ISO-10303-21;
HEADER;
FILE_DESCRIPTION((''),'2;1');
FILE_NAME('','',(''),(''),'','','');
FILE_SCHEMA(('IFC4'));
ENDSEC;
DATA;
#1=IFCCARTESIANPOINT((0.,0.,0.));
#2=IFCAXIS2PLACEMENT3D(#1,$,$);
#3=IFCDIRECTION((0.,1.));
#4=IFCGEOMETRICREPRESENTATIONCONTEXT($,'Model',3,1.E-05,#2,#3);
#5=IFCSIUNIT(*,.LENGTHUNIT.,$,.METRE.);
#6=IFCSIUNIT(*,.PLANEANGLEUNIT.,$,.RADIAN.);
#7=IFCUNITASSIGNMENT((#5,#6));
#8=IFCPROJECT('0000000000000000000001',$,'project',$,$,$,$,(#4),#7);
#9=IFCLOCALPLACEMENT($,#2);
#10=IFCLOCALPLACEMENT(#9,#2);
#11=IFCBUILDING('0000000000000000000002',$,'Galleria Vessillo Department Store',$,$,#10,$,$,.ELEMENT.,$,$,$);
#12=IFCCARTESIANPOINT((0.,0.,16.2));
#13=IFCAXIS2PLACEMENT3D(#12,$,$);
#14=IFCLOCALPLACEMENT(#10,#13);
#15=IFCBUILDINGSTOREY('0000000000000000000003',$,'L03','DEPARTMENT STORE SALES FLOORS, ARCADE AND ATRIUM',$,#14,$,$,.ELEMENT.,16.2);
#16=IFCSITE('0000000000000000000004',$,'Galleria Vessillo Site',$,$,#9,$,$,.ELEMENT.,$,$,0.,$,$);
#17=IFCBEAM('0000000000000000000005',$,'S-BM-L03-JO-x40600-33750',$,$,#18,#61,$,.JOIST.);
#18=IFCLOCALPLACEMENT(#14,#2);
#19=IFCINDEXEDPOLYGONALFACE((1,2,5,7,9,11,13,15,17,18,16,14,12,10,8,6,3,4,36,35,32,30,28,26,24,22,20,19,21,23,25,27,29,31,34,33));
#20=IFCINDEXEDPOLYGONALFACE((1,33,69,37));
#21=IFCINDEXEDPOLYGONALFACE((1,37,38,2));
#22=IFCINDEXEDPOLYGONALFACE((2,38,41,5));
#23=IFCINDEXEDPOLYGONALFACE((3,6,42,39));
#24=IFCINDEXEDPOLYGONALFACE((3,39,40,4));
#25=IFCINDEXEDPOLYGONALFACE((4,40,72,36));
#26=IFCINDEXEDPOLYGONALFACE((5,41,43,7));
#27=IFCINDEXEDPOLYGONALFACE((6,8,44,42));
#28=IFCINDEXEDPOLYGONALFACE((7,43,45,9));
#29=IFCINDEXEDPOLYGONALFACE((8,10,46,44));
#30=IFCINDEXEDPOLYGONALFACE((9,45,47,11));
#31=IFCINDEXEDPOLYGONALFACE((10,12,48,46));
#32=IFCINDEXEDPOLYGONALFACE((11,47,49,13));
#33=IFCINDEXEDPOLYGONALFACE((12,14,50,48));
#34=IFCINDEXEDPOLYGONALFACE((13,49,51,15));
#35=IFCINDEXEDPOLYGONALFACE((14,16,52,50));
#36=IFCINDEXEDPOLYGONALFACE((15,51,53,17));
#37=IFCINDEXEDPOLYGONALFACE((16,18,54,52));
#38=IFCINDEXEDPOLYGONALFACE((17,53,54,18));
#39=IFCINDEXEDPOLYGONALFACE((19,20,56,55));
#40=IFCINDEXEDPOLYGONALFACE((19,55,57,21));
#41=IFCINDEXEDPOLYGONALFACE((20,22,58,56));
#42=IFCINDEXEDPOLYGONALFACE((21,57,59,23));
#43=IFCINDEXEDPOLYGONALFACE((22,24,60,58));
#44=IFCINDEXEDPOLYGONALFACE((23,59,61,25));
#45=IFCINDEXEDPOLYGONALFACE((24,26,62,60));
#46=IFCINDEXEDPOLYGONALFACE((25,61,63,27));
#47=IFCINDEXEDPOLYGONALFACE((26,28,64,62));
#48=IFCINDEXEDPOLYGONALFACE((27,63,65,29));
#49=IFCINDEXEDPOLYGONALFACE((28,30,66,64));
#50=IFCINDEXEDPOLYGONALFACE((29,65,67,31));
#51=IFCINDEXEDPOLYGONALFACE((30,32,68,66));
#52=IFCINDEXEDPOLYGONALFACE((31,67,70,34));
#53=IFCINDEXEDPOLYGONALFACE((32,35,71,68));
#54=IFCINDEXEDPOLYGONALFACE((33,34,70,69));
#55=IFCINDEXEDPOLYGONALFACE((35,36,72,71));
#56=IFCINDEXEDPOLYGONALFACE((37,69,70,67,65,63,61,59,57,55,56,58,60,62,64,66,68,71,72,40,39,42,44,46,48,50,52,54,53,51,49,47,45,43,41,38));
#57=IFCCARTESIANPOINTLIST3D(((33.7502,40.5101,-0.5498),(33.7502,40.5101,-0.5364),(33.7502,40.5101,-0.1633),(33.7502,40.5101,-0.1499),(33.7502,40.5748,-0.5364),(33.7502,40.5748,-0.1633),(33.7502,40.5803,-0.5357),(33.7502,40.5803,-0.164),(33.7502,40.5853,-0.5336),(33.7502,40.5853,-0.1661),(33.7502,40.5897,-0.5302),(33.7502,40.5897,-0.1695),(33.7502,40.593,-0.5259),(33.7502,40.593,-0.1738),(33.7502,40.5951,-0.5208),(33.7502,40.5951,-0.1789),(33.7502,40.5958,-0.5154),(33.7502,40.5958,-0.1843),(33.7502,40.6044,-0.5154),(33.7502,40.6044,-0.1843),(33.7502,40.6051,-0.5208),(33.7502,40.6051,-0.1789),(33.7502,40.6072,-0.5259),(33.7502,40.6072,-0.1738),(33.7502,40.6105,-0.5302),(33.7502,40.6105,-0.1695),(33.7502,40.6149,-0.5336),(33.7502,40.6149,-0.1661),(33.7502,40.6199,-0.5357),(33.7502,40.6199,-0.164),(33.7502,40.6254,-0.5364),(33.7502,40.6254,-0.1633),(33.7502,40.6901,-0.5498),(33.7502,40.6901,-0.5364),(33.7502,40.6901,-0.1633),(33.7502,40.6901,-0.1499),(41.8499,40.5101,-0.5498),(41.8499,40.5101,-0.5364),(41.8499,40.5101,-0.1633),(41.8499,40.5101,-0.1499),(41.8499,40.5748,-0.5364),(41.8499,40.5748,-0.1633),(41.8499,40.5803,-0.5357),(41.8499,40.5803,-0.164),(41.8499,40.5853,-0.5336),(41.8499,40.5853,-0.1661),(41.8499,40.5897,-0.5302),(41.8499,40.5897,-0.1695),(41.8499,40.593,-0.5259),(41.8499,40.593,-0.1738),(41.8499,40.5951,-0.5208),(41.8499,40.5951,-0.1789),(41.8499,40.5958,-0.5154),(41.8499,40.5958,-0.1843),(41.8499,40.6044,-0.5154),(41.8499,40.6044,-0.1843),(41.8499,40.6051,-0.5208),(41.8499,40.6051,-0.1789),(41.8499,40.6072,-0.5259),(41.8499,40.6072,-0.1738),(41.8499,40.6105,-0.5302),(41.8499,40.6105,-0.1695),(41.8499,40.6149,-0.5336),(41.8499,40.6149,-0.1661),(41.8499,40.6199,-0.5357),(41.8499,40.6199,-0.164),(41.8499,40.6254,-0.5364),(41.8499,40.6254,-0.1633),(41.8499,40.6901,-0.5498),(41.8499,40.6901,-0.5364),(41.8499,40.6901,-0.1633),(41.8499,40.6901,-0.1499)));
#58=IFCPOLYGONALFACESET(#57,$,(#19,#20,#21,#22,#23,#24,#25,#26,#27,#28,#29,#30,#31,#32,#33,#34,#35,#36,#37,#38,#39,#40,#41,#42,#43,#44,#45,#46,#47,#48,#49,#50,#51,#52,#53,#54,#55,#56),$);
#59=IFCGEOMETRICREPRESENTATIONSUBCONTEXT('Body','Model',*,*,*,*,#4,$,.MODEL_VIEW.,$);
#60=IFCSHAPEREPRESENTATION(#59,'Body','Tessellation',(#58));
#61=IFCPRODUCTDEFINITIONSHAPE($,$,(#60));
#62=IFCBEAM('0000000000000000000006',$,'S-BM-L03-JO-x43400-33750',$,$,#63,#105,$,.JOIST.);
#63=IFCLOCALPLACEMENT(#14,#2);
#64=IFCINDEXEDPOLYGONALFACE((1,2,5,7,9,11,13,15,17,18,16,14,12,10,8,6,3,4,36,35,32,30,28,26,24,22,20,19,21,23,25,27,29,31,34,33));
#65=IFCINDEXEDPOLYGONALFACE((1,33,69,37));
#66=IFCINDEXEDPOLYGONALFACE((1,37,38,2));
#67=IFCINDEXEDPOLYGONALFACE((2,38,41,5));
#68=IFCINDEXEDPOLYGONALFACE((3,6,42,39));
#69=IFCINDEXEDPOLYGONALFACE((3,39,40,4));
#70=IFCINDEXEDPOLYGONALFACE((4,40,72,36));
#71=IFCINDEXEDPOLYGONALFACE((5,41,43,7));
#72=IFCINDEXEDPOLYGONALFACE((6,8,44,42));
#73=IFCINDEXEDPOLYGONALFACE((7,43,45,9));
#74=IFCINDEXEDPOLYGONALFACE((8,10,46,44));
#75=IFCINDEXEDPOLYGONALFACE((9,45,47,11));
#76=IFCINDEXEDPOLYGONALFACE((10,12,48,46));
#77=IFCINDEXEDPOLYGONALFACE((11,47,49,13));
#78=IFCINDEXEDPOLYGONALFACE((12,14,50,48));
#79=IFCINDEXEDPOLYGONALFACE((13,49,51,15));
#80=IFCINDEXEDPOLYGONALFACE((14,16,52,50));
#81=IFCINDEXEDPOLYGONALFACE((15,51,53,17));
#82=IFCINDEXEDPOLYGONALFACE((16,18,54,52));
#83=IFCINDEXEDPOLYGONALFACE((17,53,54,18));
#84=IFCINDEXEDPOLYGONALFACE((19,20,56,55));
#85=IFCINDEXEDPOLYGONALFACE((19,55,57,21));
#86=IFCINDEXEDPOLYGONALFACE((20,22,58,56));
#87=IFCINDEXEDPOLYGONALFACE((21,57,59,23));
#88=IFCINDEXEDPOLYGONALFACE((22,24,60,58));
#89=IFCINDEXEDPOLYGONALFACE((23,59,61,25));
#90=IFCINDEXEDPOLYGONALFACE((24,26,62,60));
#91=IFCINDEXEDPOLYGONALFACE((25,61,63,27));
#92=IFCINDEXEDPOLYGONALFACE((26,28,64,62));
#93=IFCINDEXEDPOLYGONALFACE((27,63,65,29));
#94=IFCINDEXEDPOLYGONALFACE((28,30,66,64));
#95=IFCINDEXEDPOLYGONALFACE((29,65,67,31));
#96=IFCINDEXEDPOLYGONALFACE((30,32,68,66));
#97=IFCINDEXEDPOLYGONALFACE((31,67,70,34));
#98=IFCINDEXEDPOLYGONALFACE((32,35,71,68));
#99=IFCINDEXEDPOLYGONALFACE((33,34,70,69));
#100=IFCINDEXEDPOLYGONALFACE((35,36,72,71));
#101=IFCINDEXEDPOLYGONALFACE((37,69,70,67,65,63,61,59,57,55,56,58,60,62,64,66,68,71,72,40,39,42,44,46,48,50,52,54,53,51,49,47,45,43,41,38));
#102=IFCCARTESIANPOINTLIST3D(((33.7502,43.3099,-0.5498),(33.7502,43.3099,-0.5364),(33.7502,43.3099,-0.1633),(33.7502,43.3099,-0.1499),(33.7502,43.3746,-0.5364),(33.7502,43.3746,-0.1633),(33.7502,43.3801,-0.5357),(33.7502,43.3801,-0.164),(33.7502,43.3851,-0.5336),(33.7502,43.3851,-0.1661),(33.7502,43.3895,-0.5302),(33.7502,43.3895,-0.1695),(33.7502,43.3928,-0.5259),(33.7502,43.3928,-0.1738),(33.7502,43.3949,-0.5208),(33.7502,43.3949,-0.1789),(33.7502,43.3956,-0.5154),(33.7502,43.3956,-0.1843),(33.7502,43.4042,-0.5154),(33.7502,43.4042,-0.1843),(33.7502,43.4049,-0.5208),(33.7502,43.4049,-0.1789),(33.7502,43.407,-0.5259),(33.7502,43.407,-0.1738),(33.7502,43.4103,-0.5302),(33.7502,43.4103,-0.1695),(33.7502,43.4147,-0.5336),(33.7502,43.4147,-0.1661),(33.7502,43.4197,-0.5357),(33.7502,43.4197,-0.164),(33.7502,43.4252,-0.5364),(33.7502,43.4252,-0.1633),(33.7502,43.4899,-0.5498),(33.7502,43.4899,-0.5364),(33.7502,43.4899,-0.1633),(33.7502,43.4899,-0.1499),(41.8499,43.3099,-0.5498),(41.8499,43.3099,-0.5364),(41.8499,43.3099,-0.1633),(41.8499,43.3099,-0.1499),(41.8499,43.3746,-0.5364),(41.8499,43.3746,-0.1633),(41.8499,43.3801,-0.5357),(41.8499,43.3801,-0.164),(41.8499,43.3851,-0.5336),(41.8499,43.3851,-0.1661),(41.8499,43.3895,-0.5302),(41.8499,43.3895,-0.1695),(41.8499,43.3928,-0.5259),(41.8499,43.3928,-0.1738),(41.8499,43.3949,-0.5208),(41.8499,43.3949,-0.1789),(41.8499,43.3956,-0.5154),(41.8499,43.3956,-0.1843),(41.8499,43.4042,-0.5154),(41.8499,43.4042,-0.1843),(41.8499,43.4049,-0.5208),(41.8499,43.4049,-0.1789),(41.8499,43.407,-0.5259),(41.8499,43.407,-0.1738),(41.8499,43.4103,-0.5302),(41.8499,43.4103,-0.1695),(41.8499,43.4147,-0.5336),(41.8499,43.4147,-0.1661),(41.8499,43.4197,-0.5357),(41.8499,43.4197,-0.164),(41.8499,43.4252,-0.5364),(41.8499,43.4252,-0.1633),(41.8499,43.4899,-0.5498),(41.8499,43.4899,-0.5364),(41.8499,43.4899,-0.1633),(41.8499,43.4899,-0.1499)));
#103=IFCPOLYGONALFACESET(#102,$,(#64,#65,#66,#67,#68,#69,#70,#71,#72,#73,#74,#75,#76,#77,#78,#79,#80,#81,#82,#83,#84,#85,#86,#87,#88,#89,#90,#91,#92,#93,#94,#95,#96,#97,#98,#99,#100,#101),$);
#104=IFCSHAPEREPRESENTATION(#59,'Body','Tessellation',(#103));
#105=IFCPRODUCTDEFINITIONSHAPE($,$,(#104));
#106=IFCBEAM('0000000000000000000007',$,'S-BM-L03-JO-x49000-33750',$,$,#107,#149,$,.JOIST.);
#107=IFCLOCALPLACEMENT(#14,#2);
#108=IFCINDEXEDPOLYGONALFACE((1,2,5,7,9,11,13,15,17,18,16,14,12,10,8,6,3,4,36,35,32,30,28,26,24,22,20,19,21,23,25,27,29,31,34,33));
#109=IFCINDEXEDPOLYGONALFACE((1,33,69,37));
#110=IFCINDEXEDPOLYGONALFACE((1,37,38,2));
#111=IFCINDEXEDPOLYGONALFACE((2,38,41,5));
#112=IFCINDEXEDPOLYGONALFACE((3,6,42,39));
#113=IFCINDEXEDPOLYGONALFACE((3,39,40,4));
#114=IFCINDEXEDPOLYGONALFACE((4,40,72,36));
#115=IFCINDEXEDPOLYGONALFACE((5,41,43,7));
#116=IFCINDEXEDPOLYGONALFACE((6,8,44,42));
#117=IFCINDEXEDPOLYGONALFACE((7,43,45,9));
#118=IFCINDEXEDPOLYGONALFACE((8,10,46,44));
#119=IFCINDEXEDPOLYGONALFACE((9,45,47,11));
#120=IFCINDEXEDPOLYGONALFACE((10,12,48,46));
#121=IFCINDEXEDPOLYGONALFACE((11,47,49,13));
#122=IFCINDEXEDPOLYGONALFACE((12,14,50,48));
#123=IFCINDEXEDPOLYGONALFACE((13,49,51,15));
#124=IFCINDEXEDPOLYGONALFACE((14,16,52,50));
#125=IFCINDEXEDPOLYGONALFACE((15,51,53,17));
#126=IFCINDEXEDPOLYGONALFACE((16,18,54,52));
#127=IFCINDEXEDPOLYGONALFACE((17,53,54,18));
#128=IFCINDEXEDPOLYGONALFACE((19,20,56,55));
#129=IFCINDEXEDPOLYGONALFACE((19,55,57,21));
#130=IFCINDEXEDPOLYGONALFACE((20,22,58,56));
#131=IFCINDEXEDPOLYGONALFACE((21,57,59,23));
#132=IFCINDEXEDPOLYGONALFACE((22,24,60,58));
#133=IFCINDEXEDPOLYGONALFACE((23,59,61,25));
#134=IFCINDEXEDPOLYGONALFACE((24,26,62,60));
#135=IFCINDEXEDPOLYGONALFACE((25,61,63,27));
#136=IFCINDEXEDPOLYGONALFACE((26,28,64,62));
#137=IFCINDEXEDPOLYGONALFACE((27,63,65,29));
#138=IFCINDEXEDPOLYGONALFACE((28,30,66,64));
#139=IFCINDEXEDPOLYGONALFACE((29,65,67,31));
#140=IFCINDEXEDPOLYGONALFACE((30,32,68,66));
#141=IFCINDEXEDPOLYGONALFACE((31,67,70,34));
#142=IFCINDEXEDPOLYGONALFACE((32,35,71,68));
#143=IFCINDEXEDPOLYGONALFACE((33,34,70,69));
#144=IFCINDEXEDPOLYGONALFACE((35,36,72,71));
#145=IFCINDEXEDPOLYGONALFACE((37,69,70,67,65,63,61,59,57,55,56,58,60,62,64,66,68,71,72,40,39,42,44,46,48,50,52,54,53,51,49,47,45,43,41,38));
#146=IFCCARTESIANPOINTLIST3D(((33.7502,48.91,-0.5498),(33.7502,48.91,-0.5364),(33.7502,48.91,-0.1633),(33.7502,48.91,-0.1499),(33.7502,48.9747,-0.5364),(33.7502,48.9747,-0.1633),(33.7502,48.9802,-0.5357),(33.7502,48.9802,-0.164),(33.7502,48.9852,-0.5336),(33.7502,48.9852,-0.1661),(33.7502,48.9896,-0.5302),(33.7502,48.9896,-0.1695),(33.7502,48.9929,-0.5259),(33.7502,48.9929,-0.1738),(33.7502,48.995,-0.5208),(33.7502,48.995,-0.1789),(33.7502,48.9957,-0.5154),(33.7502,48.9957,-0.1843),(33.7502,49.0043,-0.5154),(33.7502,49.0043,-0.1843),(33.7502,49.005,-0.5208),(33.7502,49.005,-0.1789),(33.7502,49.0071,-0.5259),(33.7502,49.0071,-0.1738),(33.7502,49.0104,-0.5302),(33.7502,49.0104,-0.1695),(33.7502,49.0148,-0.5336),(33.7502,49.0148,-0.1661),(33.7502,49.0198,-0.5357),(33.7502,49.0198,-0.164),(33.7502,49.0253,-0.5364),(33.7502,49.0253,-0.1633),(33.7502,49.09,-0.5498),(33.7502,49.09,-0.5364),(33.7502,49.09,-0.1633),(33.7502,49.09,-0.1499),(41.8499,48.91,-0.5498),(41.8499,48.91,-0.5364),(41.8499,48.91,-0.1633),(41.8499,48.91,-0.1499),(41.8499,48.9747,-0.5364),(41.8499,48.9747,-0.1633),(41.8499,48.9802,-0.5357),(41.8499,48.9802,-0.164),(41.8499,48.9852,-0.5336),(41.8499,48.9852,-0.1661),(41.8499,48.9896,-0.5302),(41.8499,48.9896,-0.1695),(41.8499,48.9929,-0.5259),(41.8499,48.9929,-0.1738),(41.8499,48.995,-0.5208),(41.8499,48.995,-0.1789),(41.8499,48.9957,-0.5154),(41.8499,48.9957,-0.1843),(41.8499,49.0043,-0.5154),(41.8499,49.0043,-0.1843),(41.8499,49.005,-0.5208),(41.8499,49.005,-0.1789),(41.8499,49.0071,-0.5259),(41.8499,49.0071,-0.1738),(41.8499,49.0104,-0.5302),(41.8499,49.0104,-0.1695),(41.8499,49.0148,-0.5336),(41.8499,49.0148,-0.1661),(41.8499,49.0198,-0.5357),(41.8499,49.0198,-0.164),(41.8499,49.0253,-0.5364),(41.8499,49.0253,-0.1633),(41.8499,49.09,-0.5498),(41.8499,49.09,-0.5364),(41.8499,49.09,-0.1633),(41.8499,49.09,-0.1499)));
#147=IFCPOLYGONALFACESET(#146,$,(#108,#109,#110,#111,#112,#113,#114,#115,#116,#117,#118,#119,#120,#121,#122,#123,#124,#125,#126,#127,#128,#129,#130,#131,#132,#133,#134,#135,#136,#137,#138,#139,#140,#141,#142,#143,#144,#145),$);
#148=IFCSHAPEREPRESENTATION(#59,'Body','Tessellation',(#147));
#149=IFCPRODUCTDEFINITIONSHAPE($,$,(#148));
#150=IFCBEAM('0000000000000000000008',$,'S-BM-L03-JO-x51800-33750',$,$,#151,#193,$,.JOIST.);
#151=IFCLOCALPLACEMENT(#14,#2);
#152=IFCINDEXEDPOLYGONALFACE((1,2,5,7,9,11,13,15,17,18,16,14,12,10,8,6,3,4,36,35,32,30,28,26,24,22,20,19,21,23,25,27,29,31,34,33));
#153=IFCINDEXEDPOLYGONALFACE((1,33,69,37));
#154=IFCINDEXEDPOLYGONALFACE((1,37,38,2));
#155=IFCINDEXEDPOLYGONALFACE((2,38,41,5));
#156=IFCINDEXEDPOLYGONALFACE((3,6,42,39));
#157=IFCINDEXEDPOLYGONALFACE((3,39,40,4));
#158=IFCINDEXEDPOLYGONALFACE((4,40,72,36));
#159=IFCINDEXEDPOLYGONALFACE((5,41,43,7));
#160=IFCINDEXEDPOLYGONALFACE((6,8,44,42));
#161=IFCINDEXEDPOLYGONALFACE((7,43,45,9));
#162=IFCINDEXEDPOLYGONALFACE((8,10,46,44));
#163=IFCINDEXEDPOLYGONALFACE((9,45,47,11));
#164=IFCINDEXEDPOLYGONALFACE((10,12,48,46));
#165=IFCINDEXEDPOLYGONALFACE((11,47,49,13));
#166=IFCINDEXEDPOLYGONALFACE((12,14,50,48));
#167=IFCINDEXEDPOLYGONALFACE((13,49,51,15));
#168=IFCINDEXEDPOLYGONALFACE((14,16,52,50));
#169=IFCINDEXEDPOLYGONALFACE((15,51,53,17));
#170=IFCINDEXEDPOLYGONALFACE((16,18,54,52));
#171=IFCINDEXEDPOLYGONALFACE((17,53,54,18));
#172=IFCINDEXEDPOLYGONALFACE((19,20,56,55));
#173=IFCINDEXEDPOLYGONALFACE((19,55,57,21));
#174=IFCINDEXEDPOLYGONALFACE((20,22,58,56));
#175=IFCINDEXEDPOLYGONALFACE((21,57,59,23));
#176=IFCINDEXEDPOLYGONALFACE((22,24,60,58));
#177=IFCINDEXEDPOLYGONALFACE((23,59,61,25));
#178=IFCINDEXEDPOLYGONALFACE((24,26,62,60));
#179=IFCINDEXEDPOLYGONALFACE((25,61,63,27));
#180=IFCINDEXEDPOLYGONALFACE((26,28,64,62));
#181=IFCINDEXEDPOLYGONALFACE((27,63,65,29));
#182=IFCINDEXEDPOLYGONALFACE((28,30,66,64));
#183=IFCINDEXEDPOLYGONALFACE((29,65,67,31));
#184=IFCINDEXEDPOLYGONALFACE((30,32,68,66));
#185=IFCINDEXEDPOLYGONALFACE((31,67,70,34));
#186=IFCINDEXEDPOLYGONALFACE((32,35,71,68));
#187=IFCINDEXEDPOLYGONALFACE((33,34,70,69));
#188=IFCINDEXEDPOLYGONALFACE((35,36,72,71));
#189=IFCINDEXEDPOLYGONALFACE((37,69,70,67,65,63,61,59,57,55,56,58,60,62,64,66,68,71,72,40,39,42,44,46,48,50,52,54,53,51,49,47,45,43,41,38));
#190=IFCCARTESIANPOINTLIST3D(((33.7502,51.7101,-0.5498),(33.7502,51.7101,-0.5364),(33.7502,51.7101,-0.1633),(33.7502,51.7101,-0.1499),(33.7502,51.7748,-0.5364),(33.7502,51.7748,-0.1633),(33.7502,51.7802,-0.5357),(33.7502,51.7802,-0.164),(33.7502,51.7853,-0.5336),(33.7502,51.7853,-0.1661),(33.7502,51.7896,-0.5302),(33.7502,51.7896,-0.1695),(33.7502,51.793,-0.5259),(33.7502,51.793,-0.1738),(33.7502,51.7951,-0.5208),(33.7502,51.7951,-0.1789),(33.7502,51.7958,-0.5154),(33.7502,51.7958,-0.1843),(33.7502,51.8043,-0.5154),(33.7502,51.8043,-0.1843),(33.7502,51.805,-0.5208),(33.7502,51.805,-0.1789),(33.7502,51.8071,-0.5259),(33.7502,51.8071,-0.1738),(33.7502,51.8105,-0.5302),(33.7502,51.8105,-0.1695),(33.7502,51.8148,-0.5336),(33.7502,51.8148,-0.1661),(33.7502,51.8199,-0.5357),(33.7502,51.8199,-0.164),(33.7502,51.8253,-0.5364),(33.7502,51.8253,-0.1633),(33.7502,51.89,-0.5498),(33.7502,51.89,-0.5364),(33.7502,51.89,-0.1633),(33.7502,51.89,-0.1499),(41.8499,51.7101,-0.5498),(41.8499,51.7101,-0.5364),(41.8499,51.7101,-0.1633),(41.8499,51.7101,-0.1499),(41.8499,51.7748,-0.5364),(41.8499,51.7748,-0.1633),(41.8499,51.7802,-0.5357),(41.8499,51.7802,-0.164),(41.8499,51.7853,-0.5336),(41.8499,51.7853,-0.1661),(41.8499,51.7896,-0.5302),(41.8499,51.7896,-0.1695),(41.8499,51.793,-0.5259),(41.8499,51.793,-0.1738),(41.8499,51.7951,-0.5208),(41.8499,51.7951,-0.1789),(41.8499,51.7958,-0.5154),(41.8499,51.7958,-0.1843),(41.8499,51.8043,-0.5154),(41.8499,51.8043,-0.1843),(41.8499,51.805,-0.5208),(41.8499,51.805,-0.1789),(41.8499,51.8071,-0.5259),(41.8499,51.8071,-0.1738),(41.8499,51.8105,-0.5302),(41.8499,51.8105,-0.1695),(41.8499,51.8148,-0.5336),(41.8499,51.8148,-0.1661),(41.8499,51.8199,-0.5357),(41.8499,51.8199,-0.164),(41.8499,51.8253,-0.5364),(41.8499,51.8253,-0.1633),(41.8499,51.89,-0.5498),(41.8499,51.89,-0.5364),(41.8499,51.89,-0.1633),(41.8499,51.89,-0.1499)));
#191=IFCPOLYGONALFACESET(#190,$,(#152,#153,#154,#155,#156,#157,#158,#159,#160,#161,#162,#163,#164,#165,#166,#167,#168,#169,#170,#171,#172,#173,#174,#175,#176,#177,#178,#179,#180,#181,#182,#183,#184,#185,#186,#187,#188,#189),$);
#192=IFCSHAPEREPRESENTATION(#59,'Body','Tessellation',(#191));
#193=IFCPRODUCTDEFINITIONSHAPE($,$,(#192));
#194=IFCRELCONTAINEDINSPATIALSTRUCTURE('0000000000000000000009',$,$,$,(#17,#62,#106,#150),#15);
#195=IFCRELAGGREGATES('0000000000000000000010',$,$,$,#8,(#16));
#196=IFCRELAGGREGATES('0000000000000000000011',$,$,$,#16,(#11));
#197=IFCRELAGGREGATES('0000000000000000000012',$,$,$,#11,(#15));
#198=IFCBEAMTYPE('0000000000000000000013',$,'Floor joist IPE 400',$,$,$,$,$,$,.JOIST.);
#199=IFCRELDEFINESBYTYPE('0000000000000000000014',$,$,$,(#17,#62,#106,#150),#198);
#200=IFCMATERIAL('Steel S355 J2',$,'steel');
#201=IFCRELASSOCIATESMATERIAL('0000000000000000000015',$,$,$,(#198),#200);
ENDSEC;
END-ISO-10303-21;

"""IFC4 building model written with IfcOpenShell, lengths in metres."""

from ifc_helpers import new_model, si_unit, direction, frame, origin, origin_2d, place, context, subcontext, project, spatial, i_section, extrude, material, material_profile, profile_set, type_object, element, save


model = new_model("IFC4")

# Units and contexts
model_context = context("Model", 3, precision=1e-05, world=origin(), true_north=direction((0.0, 1.0)))
body_context = subcontext(model_context, "Body", "Model", "MODEL_VIEW")
ifc_project = project(units=[si_unit("LENGTHUNIT", "METRE"), si_unit("PLANEANGLEUNIT", "RADIAN")], contexts=[model_context])

# Site, building, storey
site_placement = place(None, origin())
site = spatial("IfcSite", under=ifc_project, at=site_placement, Name="Galleria Vessillo Site", CompositionType="ELEMENT", RefElevation=0.0)
building_placement = place(site_placement, origin())
building = spatial("IfcBuilding", under=site, at=building_placement, Name="Galleria Vessillo Department Store", CompositionType="ELEMENT")
storey_placement = place(building_placement, frame((0.0, 0.0, 16.2)))
storey = spatial("IfcBuildingStorey", under=building, at=storey_placement, Name="L03", Description="DEPARTMENT STORE SALES FLOORS, ARCADE AND ATRIUM", CompositionType="ELEMENT", Elevation=16.2)

# Beams
ifc_material_1 = material(Name="Steel S355 J2", Category="steel")
ifc_material_profile_1 = material_profile(ifc_material_1, i_section(OverallWidth=0.1799, OverallDepth=0.3999, WebThickness=0.0085, FlangeThickness=0.0134, FilletRadius=0.021, at=origin_2d()), Name="IPE 400")
ifc_profile_set_1 = profile_set([ifc_material_profile_1], Name="Steel S355 J2")
beam_type_1 = type_object("IfcBeamType", Name="Floor joist IPE 400", PredefinedType="JOIST", material=ifc_profile_set_1)
for number, where, z_axis, x_axis, name in (
    (1, (33.7502, 40.6001, -0.3499), (1.0, 0.0, 0.0), (0.0, 1.0, 0.0), "S-BM-L03-JO-x40600-33750"),
    (2, (33.7502, 43.3999, -0.3499), (1.0, 0.0, 0.0), (0.0, 1.0, 0.0), "S-BM-L03-JO-x43400-33750"),
    (3, (33.7502, 49.0, -0.3499), (1.0, 0.0, 0.0), (0.0, 1.0, 0.0), "S-BM-L03-JO-x49000-33750"),
    (4, (33.7502, 51.8, -0.3499), (1.0, 0.0, 0.0), (0.0, 1.0, 0.0), "S-BM-L03-JO-x51800-33750"),
):
    element("IfcBeam", number, at=place(storey_placement, frame(where, z_axis=z_axis, x_axis=x_axis)), inside=storey, type_object=beam_type_1, Name=name, PredefinedType="JOIST", context=body_context, shape_type="SweptSolid", body=[
        extrude(i_section(OverallWidth=0.1799, OverallDepth=0.3999, WebThickness=0.0085, FlangeThickness=0.0134, FilletRadius=0.021, at=origin_2d()), origin(), (0.0, 0.0, 1.0), 8.0996),
    ])

save(model, "model.ifc")
